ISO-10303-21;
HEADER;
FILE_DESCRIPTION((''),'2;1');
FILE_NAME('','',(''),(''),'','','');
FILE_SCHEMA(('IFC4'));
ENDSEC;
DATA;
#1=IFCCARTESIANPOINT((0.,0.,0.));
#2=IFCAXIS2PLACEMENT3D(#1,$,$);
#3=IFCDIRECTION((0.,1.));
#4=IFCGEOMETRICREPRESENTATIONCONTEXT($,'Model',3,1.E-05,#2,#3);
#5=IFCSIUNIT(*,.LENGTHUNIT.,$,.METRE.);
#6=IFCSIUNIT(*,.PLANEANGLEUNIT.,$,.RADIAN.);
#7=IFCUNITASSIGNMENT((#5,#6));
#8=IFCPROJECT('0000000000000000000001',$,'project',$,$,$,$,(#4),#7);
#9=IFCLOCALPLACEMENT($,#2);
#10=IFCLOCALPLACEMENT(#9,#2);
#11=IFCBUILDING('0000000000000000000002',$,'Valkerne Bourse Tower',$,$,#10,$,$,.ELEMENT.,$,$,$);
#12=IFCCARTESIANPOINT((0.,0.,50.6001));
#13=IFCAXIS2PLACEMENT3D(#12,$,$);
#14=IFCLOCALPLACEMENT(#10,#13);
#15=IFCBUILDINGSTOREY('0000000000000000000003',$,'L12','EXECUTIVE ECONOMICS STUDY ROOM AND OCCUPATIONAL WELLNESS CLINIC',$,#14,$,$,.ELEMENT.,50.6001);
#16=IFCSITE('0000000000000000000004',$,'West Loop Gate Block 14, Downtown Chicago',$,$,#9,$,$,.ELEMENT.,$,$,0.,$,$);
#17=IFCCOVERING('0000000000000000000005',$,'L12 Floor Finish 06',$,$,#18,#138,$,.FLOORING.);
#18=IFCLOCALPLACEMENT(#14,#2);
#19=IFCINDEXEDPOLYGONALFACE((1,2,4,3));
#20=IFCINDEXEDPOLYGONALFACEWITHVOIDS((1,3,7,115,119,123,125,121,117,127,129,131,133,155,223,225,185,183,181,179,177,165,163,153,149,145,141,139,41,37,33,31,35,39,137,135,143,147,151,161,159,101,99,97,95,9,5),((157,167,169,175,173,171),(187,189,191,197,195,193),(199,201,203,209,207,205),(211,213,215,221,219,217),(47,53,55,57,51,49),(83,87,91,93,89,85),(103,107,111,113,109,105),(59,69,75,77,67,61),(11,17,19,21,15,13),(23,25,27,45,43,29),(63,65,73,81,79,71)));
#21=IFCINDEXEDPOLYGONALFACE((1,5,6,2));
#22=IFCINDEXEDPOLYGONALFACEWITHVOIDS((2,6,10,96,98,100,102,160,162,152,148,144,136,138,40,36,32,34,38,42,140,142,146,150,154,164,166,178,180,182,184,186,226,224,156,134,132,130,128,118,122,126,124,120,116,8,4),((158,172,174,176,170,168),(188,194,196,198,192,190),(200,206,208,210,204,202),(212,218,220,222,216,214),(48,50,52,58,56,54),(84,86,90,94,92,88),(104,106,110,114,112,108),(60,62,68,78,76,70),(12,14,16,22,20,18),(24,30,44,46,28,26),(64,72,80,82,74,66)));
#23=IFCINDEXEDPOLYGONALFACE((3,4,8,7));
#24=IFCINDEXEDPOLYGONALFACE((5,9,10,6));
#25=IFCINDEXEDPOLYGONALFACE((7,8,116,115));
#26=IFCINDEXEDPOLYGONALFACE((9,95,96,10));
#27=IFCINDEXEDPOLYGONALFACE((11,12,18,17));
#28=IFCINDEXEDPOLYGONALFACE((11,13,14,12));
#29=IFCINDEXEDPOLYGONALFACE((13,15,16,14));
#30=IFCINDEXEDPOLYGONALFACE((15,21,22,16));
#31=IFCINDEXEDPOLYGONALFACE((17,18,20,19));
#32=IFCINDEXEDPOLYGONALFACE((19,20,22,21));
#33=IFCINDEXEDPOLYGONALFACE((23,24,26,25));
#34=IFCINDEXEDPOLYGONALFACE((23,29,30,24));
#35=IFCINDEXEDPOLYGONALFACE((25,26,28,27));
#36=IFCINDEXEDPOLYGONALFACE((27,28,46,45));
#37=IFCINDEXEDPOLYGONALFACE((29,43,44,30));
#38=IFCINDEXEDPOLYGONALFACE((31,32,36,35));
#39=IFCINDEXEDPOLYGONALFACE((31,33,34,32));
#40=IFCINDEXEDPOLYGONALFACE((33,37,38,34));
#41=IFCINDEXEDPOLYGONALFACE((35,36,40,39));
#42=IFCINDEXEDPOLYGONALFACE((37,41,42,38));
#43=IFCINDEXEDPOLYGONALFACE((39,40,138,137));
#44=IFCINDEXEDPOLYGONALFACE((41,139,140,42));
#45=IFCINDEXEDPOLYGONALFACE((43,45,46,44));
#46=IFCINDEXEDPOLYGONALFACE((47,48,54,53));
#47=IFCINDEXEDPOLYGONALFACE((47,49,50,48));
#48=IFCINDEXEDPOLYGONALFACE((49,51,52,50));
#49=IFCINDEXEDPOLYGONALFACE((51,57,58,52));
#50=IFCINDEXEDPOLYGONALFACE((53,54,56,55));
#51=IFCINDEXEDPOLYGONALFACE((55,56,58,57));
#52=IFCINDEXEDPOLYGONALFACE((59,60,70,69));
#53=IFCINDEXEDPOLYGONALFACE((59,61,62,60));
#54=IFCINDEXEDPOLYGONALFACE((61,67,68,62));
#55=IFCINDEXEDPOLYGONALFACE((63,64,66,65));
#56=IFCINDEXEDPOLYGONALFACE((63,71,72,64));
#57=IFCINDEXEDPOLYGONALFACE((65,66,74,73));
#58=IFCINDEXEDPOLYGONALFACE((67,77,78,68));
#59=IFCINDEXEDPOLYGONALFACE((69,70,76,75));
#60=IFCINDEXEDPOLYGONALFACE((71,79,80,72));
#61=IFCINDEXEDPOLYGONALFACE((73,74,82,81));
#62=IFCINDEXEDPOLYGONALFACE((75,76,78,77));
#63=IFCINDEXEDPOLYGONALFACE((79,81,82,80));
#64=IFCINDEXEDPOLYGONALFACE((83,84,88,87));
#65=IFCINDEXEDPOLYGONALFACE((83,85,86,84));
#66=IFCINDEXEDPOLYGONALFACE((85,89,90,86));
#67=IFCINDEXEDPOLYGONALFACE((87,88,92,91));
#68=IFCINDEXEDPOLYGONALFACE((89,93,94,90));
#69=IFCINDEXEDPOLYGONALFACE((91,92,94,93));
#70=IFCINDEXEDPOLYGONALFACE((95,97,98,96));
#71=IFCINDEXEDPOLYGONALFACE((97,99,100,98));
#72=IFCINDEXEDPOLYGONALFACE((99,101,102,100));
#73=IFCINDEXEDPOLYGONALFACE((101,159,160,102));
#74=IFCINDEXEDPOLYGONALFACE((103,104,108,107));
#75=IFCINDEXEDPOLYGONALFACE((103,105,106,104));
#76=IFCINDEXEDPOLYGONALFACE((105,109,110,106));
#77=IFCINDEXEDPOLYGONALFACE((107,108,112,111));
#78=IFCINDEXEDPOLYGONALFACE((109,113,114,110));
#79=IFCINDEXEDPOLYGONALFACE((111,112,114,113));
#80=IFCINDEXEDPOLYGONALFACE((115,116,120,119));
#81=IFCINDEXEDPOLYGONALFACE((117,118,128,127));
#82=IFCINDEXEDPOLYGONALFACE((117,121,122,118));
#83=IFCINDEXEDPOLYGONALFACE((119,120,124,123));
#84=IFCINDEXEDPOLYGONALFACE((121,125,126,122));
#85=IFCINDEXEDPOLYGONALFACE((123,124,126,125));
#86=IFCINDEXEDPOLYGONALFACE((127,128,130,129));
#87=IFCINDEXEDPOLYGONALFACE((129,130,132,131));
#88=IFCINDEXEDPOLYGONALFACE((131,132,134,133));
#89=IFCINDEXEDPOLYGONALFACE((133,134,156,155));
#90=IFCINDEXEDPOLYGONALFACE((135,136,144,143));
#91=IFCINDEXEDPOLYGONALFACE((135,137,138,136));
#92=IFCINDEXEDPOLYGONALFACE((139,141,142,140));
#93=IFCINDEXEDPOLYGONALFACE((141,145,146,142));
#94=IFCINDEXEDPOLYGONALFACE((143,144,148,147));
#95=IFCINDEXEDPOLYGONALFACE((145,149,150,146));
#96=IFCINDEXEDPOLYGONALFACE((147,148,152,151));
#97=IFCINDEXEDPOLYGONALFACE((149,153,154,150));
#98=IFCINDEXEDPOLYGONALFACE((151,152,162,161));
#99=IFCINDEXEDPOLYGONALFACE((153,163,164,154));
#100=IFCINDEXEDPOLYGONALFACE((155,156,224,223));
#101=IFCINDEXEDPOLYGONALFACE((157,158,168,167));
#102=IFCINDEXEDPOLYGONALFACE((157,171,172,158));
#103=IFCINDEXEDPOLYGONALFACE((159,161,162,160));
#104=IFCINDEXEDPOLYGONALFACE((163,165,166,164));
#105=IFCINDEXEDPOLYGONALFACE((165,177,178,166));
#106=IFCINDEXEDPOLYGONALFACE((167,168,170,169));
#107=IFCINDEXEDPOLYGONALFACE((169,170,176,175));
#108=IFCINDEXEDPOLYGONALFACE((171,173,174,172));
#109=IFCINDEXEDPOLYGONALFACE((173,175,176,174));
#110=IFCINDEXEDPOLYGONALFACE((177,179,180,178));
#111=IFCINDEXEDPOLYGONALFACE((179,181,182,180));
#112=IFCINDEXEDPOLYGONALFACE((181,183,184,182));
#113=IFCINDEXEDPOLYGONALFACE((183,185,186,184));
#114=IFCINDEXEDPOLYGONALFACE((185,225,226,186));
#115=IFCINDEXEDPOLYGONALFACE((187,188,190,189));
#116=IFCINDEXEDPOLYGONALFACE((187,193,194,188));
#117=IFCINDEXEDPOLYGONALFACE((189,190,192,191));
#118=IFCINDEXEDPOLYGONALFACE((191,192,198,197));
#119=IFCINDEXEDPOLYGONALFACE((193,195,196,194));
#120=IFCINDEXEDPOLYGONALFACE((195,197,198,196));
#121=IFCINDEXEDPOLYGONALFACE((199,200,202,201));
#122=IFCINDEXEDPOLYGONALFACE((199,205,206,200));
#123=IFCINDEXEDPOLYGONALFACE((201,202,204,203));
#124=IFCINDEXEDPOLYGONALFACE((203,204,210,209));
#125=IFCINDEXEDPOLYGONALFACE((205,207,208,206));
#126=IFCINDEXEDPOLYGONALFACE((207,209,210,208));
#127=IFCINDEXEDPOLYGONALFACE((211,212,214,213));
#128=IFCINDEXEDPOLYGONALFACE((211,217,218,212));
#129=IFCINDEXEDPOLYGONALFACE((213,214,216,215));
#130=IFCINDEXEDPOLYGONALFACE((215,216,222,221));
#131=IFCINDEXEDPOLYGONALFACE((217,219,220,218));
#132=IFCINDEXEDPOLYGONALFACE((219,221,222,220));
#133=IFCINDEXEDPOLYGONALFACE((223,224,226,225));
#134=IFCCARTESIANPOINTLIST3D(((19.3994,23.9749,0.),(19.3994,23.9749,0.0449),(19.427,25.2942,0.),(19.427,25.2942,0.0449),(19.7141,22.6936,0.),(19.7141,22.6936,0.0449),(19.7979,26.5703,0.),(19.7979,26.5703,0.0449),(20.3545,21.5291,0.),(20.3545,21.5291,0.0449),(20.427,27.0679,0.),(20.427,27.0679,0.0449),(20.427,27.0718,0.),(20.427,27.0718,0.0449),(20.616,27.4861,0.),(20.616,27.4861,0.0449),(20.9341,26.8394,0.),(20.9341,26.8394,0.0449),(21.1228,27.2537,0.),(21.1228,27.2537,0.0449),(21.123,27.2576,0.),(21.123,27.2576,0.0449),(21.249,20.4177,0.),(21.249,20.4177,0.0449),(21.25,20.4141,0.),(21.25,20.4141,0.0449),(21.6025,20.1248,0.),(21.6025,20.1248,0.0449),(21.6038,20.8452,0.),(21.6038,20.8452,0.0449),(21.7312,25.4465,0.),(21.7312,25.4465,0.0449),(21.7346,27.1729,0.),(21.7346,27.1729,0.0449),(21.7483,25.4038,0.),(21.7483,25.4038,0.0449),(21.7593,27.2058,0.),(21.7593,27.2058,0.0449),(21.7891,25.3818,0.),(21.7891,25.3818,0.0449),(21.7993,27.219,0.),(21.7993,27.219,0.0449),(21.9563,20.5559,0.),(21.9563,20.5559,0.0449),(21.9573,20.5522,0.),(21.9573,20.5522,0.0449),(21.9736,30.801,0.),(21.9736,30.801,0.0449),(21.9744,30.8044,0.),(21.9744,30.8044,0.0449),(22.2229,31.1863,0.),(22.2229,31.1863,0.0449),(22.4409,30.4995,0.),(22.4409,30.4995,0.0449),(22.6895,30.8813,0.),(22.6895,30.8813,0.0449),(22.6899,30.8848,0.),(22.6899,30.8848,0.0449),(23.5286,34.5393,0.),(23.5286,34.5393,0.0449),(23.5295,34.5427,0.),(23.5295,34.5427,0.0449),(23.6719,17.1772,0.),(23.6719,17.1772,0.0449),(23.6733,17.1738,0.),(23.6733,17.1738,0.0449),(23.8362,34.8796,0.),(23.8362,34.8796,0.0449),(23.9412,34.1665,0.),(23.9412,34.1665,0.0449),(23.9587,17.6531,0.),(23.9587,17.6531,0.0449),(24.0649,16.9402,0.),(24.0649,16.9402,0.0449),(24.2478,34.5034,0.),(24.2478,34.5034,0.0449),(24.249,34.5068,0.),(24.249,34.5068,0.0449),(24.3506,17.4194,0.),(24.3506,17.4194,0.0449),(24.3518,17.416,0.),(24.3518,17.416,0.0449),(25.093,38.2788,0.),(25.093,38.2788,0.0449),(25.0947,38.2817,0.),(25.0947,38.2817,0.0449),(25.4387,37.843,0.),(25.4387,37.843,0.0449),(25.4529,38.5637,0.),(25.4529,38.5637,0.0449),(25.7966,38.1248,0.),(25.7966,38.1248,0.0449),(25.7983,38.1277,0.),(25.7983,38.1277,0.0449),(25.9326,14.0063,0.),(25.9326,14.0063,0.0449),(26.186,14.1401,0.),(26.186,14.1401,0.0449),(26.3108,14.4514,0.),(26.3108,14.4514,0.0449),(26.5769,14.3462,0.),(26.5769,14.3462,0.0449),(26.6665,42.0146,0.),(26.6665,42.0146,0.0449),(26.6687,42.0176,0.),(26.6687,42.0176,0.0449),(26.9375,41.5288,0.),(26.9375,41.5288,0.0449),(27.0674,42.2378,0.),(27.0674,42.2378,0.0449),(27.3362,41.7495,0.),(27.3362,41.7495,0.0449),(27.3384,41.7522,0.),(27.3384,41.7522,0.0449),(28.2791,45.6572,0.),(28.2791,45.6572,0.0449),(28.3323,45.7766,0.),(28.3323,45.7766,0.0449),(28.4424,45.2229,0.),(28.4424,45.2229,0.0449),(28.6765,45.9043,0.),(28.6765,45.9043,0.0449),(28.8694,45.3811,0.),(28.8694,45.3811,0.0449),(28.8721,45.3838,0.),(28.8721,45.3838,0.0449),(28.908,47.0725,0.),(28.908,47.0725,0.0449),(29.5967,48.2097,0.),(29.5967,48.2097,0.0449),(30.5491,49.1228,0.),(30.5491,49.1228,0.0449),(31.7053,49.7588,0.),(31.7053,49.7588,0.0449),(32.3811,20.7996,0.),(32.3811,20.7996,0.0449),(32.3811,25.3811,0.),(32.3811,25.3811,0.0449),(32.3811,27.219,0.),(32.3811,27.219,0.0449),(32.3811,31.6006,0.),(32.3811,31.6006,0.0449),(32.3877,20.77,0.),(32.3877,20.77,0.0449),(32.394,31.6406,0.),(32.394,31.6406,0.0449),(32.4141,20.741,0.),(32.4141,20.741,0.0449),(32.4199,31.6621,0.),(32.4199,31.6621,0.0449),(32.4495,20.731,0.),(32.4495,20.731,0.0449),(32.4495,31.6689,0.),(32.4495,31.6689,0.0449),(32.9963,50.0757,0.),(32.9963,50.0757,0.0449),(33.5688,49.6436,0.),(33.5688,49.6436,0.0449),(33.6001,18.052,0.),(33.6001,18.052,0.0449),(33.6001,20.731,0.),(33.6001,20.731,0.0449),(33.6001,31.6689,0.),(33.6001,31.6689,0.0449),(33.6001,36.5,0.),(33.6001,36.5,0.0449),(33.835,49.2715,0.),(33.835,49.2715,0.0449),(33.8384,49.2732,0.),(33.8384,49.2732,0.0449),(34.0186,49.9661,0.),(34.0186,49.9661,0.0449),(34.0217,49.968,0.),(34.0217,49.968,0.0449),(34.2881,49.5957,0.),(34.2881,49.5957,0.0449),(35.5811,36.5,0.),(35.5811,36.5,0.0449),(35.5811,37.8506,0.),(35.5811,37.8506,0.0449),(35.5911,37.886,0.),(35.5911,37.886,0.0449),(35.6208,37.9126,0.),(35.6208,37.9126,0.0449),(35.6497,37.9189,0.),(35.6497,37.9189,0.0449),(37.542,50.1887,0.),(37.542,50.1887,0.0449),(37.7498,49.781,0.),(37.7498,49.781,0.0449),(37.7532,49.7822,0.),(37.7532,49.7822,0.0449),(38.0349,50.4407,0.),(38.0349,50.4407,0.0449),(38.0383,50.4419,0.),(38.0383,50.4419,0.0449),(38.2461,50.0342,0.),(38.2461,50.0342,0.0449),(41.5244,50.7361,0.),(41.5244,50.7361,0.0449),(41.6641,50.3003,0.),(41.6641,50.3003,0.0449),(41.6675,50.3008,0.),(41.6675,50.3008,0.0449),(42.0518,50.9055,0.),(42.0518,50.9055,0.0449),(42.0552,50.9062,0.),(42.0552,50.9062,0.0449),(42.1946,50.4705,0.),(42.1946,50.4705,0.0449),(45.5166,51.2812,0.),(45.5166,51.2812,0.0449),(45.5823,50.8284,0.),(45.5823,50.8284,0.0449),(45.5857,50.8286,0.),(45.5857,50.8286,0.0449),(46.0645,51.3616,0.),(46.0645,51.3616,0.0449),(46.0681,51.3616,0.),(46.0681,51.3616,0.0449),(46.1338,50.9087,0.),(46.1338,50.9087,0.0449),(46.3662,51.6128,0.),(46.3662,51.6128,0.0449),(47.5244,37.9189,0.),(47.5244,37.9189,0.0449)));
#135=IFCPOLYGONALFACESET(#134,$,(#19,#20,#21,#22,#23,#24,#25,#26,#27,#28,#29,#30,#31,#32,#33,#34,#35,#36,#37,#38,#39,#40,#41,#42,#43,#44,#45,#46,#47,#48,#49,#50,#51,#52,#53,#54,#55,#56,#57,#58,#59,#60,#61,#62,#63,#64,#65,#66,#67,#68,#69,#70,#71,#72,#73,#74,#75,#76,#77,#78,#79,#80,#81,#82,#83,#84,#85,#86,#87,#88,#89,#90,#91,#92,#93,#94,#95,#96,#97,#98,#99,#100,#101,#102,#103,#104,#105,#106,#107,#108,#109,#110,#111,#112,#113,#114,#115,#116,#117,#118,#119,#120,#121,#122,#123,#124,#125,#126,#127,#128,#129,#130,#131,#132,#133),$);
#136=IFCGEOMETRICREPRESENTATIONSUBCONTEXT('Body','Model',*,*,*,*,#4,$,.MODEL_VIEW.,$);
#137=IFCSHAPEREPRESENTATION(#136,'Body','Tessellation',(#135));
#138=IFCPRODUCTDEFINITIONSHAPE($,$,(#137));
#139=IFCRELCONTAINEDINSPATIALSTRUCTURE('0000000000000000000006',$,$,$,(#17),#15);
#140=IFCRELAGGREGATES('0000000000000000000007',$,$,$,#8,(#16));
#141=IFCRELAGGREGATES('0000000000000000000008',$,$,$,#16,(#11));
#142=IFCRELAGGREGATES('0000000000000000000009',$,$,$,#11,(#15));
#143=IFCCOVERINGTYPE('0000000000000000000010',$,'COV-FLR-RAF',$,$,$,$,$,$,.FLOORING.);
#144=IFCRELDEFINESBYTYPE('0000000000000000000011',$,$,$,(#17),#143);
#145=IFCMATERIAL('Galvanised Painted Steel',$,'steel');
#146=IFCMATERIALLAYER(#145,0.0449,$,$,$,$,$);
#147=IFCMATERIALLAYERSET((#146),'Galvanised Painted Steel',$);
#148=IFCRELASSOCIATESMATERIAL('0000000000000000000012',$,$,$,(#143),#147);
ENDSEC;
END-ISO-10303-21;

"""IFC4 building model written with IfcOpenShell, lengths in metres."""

from ifc_helpers import new_model, si_unit, direction, frame, origin, place, context, subcontext, project, spatial, polyline, outline, extrude, material, layer, layer_set, type_object, element, save


model = new_model("IFC4")

# Units and contexts
model_context = context("Model", 3, precision=1e-05, world=origin(), true_north=direction((0.0, 1.0)))
body_context = subcontext(model_context, "Body", "Model", "MODEL_VIEW")
ifc_project = project(units=[si_unit("LENGTHUNIT", "METRE"), si_unit("PLANEANGLEUNIT", "RADIAN")], contexts=[model_context])

# Site, building, storey
site_placement = place(None, origin())
site = spatial("IfcSite", under=ifc_project, at=site_placement, Name="West Loop Gate Block 14, Downtown Chicago", CompositionType="ELEMENT", RefElevation=0.0)
building_placement = place(site_placement, origin())
building = spatial("IfcBuilding", under=site, at=building_placement, Name="Valkerne Bourse Tower", CompositionType="ELEMENT")
storey_placement = place(building_placement, frame((0.0, 0.0, 50.6001)))
storey = spatial("IfcBuildingStorey", under=building, at=storey_placement, Name="L12", Description="EXECUTIVE ECONOMICS STUDY ROOM AND OCCUPATIONAL WELLNESS CLINIC", CompositionType="ELEMENT", Elevation=50.6001)

# Covering
ifc_material_1 = material(Name="Galvanised Painted Steel", Category="steel")
ifc_layer_1 = layer(ifc_material_1, 0.0449)
ifc_layer_set_1 = layer_set([ifc_layer_1], Name="Galvanised Painted Steel")
covering_type_1 = type_object("IfcCoveringType", Name="COV-FLR-RAF", PredefinedType="FLOORING", material=ifc_layer_set_1)
covering_1_placement = place(storey_placement, origin())
element("IfcCovering", 1, at=covering_1_placement, inside=storey, type_object=covering_type_1, Name="L12 Floor Finish 06", PredefinedType="FLOORING", context=body_context, shape_type="SweptSolid", body=[
    extrude(outline(polyline([(19.3994, 23.9749), (19.427, 25.2942), (19.7979, 26.5703), (28.2791, 45.6572), (28.4424, 45.2229), (28.8694, 45.3811), (28.8721, 45.3838), (28.6765, 45.9043), (28.3323, 45.7766), (28.908, 47.0725), (29.5967, 48.2097), (30.5491, 49.1228), (31.7053, 49.7588), (32.9963, 50.0757), (46.3662, 51.6128), (47.5244, 37.9189), (35.6497, 37.9189), (35.6208, 37.9126), (35.5911, 37.886), (35.5811, 37.8506), (35.5811, 36.5), (33.6001, 36.5), (33.6001, 31.6689), (32.4495, 31.6689), (32.4199, 31.6621), (32.394, 31.6406), (32.3811, 31.6006), (32.3811, 27.219), (21.7993, 27.219), (21.7593, 27.2058), (21.7346, 27.1729), (21.7312, 25.4465), (21.7483, 25.4038), (21.7891, 25.3818), (32.3811, 25.3811), (32.3811, 20.7996), (32.3877, 20.77), (32.4141, 20.741), (32.4495, 20.731), (33.6001, 20.731), (33.6001, 18.052), (26.5769, 14.3462), (26.3108, 14.4514), (26.186, 14.1401), (25.9326, 14.0063), (20.3545, 21.5291), (19.7141, 22.6936), (19.3994, 23.9749)]), holes=[polyline([(24.3506, 17.4194), (23.9587, 17.6531), (23.6719, 17.1772), (23.6733, 17.1738), (24.0649, 16.9402), (24.3518, 17.416), (24.3506, 17.4194)]), polyline([(21.9573, 20.5522), (21.9563, 20.5559), (21.6038, 20.8452), (21.249, 20.4177), (21.25, 20.4141), (21.6025, 20.1248), (21.9573, 20.5522)]), polyline([(21.123, 27.2576), (20.616, 27.4861), (20.427, 27.0718), (20.427, 27.0679), (20.9341, 26.8394), (21.1228, 27.2537), (21.123, 27.2576)]), polyline([(22.6895, 30.8813), (22.6899, 30.8848), (22.2229, 31.1863), (21.9744, 30.8044), (21.9736, 30.801), (22.4409, 30.4995), (22.6895, 30.8813)]), polyline([(24.249, 34.5068), (23.8362, 34.8796), (23.5295, 34.5427), (23.5286, 34.5393), (23.9412, 34.1665), (24.2478, 34.5034), (24.249, 34.5068)]), polyline([(25.7966, 38.1248), (25.7983, 38.1277), (25.4529, 38.5637), (25.0947, 38.2817), (25.093, 38.2788), (25.4387, 37.843), (25.7966, 38.1248)]), polyline([(27.3362, 41.7495), (27.3384, 41.7522), (27.0674, 42.2378), (26.6687, 42.0176), (26.6665, 42.0146), (26.9375, 41.5288), (27.3362, 41.7495)]), polyline([(33.8384, 49.2732), (34.2881, 49.5957), (34.0217, 49.968), (34.0186, 49.9661), (33.5688, 49.6436), (33.835, 49.2715), (33.8384, 49.2732)]), polyline([(37.7532, 49.7822), (38.2461, 50.0342), (38.0383, 50.4419), (38.0349, 50.4407), (37.542, 50.1887), (37.7498, 49.781), (37.7532, 49.7822)]), polyline([(41.6675, 50.3008), (42.1946, 50.4705), (42.0552, 50.9062), (42.0518, 50.9055), (41.5244, 50.7361), (41.6641, 50.3003), (41.6675, 50.3008)]), polyline([(46.1338, 50.9087), (46.0681, 51.3616), (46.0645, 51.3616), (45.5166, 51.2812), (45.5823, 50.8284), (45.5857, 50.8286), (46.1338, 50.9087)])]), origin(), (0.0, 0.0, 1.0), 0.0449),
])

save(model, "model.ifc")
